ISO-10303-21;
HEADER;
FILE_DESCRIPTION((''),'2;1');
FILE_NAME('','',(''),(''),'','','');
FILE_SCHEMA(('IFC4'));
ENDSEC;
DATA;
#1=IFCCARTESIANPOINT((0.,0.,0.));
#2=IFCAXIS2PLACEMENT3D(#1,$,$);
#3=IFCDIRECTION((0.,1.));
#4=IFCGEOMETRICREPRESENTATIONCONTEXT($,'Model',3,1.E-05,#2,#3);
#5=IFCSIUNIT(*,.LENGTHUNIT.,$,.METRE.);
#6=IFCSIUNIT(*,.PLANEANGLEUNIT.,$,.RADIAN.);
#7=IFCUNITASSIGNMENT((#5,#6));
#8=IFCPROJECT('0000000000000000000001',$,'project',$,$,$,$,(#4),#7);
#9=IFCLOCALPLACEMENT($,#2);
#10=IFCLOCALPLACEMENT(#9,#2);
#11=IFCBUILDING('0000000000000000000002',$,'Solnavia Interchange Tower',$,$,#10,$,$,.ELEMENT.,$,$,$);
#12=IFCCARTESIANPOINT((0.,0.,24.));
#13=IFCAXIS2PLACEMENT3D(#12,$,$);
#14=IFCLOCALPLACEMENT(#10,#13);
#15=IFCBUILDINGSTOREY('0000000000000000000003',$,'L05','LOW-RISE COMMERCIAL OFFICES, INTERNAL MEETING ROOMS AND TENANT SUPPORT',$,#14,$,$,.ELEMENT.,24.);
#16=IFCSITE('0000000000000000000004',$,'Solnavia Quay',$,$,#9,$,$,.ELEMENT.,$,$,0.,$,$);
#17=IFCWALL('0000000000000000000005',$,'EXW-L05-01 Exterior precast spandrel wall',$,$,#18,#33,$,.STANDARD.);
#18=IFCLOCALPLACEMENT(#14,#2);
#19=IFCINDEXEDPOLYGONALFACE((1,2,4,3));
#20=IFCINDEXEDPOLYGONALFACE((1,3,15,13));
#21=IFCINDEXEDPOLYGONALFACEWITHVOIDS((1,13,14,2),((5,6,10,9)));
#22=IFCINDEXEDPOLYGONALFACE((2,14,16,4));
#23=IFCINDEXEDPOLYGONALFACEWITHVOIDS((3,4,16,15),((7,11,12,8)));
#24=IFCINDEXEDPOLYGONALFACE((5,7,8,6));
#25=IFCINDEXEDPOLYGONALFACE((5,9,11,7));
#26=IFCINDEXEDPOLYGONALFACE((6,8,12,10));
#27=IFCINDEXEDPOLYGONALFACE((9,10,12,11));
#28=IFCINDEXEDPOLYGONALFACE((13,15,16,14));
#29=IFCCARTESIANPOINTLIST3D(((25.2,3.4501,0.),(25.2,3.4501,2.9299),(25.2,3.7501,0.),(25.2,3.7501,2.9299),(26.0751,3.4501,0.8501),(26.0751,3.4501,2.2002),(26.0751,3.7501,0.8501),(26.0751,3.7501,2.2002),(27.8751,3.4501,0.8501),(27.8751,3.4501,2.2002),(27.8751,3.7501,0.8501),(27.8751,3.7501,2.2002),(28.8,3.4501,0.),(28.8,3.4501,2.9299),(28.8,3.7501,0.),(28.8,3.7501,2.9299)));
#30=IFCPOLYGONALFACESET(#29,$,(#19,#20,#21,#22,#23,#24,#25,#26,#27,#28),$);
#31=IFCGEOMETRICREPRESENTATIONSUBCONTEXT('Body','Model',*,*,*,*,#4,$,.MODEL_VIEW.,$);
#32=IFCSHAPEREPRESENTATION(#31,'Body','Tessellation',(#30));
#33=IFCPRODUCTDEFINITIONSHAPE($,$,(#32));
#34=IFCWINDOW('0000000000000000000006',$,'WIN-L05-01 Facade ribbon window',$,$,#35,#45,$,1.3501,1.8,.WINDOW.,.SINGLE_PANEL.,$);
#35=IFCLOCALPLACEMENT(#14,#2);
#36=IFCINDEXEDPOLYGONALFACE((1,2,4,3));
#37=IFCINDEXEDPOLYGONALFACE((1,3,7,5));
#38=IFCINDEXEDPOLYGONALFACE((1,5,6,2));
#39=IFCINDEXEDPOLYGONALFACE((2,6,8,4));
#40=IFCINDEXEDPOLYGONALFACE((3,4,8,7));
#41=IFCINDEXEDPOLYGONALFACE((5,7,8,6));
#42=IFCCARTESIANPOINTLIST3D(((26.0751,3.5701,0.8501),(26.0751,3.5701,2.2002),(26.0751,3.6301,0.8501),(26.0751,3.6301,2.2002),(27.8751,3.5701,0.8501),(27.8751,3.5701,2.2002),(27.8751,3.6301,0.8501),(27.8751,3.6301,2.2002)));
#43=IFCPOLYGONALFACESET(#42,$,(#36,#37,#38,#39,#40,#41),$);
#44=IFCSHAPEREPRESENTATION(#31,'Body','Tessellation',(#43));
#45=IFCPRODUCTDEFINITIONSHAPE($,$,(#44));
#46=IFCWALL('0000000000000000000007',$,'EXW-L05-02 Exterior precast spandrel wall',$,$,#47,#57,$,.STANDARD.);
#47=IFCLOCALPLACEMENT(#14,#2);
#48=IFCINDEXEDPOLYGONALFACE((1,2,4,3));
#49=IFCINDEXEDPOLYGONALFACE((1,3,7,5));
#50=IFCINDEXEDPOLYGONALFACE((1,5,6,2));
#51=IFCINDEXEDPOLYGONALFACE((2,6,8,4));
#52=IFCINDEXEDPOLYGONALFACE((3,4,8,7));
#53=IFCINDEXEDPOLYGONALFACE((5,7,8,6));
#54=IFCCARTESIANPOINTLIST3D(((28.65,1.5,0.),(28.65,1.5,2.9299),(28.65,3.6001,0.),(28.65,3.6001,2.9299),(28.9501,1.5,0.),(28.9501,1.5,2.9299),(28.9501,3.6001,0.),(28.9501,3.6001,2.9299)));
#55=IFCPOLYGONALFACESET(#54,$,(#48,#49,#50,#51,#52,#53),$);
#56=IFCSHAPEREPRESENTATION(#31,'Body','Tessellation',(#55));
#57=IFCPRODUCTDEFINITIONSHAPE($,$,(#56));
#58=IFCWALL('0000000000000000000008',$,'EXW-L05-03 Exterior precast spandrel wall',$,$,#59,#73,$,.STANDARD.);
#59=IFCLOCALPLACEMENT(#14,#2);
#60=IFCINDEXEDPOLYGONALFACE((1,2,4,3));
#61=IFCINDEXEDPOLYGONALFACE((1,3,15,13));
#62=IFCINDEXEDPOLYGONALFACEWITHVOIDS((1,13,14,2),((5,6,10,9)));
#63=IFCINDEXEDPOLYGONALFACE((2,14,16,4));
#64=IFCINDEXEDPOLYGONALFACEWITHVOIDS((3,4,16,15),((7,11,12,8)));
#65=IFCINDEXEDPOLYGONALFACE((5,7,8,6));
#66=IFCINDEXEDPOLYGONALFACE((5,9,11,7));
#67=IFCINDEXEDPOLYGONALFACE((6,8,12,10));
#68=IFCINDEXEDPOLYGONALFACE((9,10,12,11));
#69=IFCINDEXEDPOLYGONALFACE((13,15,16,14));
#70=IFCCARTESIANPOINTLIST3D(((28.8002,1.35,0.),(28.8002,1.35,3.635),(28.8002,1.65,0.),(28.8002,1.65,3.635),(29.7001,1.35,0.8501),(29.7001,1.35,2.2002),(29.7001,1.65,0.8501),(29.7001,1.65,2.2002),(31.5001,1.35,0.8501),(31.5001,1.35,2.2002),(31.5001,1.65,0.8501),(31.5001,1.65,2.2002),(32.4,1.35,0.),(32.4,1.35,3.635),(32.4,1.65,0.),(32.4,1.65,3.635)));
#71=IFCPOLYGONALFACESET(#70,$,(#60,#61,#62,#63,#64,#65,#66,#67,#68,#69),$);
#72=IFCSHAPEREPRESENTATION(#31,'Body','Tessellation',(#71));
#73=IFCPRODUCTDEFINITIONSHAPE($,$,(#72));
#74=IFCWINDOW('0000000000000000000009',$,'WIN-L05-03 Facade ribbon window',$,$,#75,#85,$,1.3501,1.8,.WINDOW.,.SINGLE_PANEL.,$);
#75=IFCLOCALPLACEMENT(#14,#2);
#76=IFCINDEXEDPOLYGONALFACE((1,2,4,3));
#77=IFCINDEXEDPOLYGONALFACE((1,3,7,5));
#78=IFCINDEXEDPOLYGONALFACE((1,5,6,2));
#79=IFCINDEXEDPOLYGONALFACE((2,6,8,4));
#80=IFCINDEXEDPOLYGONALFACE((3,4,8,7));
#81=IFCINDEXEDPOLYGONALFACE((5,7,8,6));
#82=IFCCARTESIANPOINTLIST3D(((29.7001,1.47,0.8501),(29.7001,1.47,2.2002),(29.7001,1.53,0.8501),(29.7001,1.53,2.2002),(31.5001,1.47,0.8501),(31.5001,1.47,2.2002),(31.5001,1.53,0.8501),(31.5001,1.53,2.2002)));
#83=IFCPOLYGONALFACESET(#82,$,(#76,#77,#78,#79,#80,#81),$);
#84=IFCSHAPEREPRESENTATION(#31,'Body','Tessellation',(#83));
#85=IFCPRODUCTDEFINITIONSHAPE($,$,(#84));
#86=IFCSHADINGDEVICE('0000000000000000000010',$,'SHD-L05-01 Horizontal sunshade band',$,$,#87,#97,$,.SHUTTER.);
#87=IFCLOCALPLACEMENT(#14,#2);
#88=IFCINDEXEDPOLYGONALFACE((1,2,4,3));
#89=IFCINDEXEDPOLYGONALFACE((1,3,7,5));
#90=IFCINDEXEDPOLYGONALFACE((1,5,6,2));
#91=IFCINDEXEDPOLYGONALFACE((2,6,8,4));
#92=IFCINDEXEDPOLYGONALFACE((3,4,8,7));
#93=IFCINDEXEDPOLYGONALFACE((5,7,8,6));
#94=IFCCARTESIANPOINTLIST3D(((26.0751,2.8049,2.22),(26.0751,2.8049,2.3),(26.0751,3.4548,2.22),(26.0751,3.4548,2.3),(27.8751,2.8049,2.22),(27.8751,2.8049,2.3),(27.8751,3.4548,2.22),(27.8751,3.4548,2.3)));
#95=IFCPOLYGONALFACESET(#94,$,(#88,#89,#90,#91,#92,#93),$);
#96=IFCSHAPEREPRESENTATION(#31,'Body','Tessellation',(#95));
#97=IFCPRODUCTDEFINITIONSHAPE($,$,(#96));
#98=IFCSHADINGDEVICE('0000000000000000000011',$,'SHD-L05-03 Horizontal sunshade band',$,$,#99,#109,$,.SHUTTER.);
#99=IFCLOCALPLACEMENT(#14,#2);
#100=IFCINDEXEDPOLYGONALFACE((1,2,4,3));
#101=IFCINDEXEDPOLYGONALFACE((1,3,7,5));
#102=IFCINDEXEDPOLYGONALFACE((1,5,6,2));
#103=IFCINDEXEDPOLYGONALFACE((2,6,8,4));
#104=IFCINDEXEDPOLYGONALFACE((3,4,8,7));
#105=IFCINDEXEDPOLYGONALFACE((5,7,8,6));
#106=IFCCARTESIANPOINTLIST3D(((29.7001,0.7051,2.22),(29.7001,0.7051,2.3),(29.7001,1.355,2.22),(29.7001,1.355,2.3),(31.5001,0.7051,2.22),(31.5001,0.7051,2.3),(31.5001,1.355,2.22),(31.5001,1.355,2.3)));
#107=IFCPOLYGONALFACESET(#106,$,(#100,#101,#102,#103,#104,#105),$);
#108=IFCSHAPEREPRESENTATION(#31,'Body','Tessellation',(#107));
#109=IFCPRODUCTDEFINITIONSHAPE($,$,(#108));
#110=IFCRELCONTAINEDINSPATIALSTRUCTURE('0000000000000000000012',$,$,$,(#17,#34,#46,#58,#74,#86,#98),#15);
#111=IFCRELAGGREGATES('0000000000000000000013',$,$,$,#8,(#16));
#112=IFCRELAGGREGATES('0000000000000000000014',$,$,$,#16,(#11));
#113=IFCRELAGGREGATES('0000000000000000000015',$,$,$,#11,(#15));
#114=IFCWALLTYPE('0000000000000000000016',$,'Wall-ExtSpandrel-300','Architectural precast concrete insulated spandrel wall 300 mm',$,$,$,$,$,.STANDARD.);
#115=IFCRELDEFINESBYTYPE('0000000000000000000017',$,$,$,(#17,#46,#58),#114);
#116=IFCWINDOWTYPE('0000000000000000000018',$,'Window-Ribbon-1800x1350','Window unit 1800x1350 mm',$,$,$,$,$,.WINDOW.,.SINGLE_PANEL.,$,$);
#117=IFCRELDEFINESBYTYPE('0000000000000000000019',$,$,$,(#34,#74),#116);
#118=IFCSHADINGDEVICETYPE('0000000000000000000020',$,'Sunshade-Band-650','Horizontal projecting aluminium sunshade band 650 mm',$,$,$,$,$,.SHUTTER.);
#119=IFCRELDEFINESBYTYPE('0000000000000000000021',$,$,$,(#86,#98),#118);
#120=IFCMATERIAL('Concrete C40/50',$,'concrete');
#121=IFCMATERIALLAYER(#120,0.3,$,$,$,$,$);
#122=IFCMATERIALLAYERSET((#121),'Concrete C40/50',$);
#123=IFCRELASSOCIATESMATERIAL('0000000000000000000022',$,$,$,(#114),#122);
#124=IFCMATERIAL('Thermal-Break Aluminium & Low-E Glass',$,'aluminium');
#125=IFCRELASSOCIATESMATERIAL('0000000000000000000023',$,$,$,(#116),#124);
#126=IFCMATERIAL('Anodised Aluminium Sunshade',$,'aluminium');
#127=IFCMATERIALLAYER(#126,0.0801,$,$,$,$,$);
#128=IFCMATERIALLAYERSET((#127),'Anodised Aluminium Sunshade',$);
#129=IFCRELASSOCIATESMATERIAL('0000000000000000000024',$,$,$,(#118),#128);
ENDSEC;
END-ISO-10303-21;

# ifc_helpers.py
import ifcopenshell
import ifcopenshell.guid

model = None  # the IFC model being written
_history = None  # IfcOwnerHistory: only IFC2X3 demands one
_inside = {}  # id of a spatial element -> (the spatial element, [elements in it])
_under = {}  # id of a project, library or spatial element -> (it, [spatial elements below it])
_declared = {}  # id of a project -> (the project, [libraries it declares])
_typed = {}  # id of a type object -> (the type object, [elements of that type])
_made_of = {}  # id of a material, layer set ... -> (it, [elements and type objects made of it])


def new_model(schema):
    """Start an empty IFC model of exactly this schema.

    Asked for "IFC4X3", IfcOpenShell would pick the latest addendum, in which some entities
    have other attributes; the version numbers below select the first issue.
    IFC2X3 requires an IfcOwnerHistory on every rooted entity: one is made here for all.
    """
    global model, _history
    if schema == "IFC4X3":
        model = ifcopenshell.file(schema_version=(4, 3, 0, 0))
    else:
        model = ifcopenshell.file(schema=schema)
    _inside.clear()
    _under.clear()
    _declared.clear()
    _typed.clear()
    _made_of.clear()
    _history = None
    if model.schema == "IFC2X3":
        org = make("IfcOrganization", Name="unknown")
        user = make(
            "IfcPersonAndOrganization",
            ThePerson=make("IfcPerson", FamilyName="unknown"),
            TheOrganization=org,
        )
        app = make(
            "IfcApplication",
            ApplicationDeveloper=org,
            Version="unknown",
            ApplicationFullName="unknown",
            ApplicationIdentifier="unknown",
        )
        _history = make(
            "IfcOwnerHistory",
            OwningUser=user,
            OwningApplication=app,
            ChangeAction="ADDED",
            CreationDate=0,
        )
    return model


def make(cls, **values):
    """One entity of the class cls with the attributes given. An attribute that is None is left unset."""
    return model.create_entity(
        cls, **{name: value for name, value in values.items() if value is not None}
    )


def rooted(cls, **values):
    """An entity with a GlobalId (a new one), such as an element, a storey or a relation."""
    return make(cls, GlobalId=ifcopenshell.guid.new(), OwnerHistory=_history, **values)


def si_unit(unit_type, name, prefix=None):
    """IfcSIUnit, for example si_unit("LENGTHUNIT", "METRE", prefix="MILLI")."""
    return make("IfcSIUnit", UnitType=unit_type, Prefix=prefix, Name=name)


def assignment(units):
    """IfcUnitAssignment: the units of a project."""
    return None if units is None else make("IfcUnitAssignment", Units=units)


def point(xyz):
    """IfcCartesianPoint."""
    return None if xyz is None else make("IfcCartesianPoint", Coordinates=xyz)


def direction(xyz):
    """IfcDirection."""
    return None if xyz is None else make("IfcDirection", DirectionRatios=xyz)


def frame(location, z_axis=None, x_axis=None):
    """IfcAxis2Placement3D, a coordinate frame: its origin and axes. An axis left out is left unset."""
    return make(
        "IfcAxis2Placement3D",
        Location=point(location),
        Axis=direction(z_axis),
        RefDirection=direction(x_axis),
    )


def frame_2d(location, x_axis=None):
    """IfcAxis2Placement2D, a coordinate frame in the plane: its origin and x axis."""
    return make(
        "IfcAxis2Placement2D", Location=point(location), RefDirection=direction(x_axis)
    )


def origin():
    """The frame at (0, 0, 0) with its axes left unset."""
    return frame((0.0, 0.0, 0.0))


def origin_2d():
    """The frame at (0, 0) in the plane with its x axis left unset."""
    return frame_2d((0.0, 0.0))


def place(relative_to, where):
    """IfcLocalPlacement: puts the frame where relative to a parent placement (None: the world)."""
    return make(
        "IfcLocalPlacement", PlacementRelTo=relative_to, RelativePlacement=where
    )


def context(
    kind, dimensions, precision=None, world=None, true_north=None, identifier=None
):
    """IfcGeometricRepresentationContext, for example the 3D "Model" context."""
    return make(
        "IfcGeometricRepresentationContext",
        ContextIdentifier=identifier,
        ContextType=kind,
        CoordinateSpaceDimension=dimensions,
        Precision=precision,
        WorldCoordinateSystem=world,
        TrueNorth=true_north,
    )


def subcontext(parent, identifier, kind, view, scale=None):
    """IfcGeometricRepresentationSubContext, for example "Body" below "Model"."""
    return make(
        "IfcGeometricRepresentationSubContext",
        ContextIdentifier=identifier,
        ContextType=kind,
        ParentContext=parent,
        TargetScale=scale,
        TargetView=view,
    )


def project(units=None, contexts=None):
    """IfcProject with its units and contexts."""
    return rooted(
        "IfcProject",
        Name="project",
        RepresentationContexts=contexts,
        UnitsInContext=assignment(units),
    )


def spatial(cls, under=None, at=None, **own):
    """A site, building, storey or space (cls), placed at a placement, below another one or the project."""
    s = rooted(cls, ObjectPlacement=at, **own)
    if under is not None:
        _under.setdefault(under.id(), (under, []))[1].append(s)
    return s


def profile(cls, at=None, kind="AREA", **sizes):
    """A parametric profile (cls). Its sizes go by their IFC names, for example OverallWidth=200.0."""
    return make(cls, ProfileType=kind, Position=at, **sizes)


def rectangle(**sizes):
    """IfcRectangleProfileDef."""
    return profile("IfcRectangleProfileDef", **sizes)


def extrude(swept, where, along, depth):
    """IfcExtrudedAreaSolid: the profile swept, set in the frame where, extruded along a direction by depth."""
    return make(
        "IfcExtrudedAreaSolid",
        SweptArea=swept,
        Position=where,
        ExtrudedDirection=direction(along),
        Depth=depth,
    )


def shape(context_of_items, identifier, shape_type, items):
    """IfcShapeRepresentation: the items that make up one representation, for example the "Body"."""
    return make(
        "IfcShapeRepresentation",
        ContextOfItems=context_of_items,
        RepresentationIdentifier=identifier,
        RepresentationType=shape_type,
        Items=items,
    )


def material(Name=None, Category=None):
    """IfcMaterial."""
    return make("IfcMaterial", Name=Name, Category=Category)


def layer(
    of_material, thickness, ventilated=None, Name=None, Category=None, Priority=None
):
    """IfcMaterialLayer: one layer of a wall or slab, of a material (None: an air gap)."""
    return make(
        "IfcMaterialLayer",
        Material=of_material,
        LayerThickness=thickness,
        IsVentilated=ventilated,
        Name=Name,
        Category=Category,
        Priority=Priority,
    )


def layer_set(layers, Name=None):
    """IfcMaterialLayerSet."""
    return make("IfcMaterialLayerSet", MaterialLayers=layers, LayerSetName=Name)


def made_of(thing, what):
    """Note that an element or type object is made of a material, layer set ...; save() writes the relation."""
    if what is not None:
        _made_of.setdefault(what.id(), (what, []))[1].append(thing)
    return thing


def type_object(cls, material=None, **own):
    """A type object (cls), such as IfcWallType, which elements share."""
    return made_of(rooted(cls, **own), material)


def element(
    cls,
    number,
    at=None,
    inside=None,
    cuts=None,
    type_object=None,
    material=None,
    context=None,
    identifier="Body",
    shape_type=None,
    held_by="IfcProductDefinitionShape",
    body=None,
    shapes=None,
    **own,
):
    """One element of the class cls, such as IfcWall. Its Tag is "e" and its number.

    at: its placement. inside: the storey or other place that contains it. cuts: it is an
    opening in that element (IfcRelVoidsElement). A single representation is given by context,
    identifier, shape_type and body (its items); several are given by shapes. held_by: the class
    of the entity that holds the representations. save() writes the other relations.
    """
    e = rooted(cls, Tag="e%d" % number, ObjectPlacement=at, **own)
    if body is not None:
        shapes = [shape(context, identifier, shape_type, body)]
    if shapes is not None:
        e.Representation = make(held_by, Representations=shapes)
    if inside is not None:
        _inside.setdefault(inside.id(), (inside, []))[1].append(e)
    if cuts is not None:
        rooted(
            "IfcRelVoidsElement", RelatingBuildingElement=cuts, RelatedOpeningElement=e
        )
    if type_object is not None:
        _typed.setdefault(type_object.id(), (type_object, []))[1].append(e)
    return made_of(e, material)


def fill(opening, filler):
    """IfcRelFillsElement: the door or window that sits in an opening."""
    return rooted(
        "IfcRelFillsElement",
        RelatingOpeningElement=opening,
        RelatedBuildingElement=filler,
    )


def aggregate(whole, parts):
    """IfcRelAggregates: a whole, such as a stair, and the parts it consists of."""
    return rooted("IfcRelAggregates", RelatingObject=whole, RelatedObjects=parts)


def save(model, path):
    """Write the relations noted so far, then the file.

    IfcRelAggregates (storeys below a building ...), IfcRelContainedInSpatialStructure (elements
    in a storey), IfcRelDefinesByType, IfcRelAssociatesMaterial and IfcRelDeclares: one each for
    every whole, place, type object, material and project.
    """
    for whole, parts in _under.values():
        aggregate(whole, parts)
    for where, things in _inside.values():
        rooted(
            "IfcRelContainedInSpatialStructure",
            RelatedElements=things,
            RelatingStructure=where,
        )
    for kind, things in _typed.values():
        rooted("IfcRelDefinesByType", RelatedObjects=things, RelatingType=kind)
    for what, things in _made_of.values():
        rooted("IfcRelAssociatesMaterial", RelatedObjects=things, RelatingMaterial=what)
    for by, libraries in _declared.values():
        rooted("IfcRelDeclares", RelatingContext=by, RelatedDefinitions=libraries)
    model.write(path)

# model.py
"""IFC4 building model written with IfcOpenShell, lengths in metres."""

from ifc_helpers import new_model, si_unit, direction, frame, frame_2d, origin, origin_2d, place, context, subcontext, project, spatial, rectangle, extrude, material, layer, layer_set, type_object, element, fill, save


model = new_model("IFC4")

# Units and contexts
model_context = context("Model", 3, precision=1e-05, world=origin(), true_north=direction((0.0, 1.0)))
body_context = subcontext(model_context, "Body", "Model", "MODEL_VIEW")
ifc_project = project(units=[si_unit("LENGTHUNIT", "METRE"), si_unit("PLANEANGLEUNIT", "RADIAN")], contexts=[model_context])

# Site, building, storey
site_placement = place(None, origin())
site = spatial("IfcSite", under=ifc_project, at=site_placement, Name="Solnavia Quay", CompositionType="ELEMENT", RefElevation=0.0)
building_placement = place(site_placement, origin())
building = spatial("IfcBuilding", under=site, at=building_placement, Name="Solnavia Interchange Tower", CompositionType="ELEMENT")
storey_placement = place(building_placement, frame((0.0, 0.0, 24.0)))
storey = spatial("IfcBuildingStorey", under=building, at=storey_placement, Name="L05", Description="LOW-RISE COMMERCIAL OFFICES, INTERNAL MEETING ROOMS AND TENANT SUPPORT", CompositionType="ELEMENT", Elevation=24.0)

# Wall, opening, window
ifc_material_1 = material(Name="Concrete C40/50", Category="concrete")
ifc_layer_1 = layer(ifc_material_1, 0.3)
ifc_layer_set_1 = layer_set([ifc_layer_1], Name="Concrete C40/50")
wall_type = type_object("IfcWallType", Name="Wall-ExtSpandrel-300", Description="Architectural precast concrete insulated spandrel wall 300 mm", PredefinedType="STANDARD", material=ifc_layer_set_1)
wall_1_placement = place(storey_placement, frame((28.8, 3.6001, 0.0), z_axis=(0.0, 0.0, 1.0), x_axis=(-1.0, 0.0, 0.0)))
wall_1 = element("IfcWall", 1, at=wall_1_placement, inside=storey, type_object=wall_type, Name="EXW-L05-01 Exterior precast spandrel wall", PredefinedType="STANDARD", context=body_context, shape_type="SweptSolid", body=[
    extrude(rectangle(XDim=3.6001, YDim=0.3, at=frame_2d((1.8, 0.0))), origin(), (0.0, 0.0, 1.0), 2.9299),
])
opening_1_placement = place(wall_1_placement, frame((0.925, 0.0, 0.8501)))
opening_1 = element("IfcOpeningElement", 2, at=opening_1_placement, cuts=wall_1, PredefinedType="OPENING", context=body_context, shape_type="SweptSolid", body=[
    extrude(rectangle(XDim=1.8, YDim=1.3501, at=frame_2d((0.8999, 0.675))), frame((0.0, 0.1602, 0.0), z_axis=(0.0, -1.0, 0.0), x_axis=(1.0, 0.0, 0.0)), (0.0, 0.0, 1.0), 0.3201),
])
ifc_material_2 = material(Name="Thermal-Break Aluminium & Low-E Glass", Category="aluminium")
window_type = type_object("IfcWindowType", Name="Window-Ribbon-1800x1350", Description="Window unit 1800x1350 mm", PartitioningType="SINGLE_PANEL", PredefinedType="WINDOW", material=ifc_material_2)
window_1_placement = place(opening_1_placement, origin())
window_1 = element("IfcWindow", 3, at=window_1_placement, inside=storey, type_object=window_type, Name="WIN-L05-01 Facade ribbon window", OverallHeight=1.3501, OverallWidth=1.8, PartitioningType="SINGLE_PANEL", PredefinedType="WINDOW", context=body_context, shape_type="SweptSolid", body=[
    extrude(rectangle(XDim=1.8, YDim=1.3501, at=frame_2d((0.8999, 0.675))), frame((0.0, 0.03, 0.0), z_axis=(0.0, -1.0, 0.0), x_axis=(1.0, 0.0, 0.0)), (0.0, 0.0, 1.0), 0.0601),
])
fill(opening_1, window_1)

# Wall
wall_2_placement = place(storey_placement, frame((28.8, 1.5, 0.0), z_axis=(0.0, 0.0, 1.0), x_axis=(0.0, 1.0, 0.0)))
element("IfcWall", 4, at=wall_2_placement, inside=storey, type_object=wall_type, Name="EXW-L05-02 Exterior precast spandrel wall", PredefinedType="STANDARD", context=body_context, shape_type="SweptSolid", body=[
    extrude(rectangle(XDim=2.1001, YDim=0.3, at=frame_2d((1.05, 0.0))), origin(), (0.0, 0.0, 1.0), 2.9299),
])

# Wall, opening, window
wall_3_placement = place(storey_placement, frame((32.3999, 1.5, 0.0), z_axis=(0.0, 0.0, 1.0), x_axis=(-1.0, 0.0, 0.0)))
wall_3 = element("IfcWall", 5, at=wall_3_placement, inside=storey, type_object=wall_type, Name="EXW-L05-03 Exterior precast spandrel wall", PredefinedType="STANDARD", context=body_context, shape_type="SweptSolid", body=[
    extrude(rectangle(XDim=3.5999, YDim=0.3, at=frame_2d((1.7998, 0.0))), origin(), (0.0, 0.0, 1.0), 3.635),
])
opening_2_placement = place(wall_3_placement, frame((0.8999, 0.0, 0.8501)))
opening_2 = element("IfcOpeningElement", 6, at=opening_2_placement, cuts=wall_3, PredefinedType="OPENING", context=body_context, shape_type="SweptSolid", body=[
    extrude(rectangle(XDim=1.8, YDim=1.3501, at=frame_2d((0.8999, 0.675))), frame((0.0, 0.1602, 0.0), z_axis=(0.0, -1.0, 0.0), x_axis=(1.0, 0.0, 0.0)), (0.0, 0.0, 1.0), 0.3201),
])
window_2_placement = place(opening_2_placement, origin())
window_2 = element("IfcWindow", 7, at=window_2_placement, inside=storey, type_object=window_type, Name="WIN-L05-03 Facade ribbon window", OverallHeight=1.3501, OverallWidth=1.8, PartitioningType="SINGLE_PANEL", PredefinedType="WINDOW", context=body_context, shape_type="SweptSolid", body=[
    extrude(rectangle(XDim=1.8, YDim=1.3501, at=frame_2d((0.8999, 0.675))), frame((0.0, 0.03, 0.0), z_axis=(0.0, -1.0, 0.0), x_axis=(1.0, 0.0, 0.0)), (0.0, 0.0, 1.0), 0.0601),
])
fill(opening_2, window_2)

# Shading devices
ifc_material_3 = material(Name="Anodised Aluminium Sunshade", Category="aluminium")
ifc_layer_2 = layer(ifc_material_3, 0.0801)
ifc_layer_set_2 = layer_set([ifc_layer_2], Name="Anodised Aluminium Sunshade")
shading_device_type = type_object("IfcShadingDeviceType", Name="Sunshade-Band-650", Description="Horizontal projecting aluminium sunshade band 650 mm", PredefinedType="SHUTTER", material=ifc_layer_set_2)
for number, where, z_axis, x_axis, name in (
    (8, (26.9751, 3.1299, 2.22), (0.0, 0.0, 1.0), (-1.0, 0.0, 0.0), "SHD-L05-01 Horizontal sunshade band"),
    (9, (30.6001, 1.03, 2.22), (0.0, 0.0, 1.0), (-1.0, 0.0, 0.0), "SHD-L05-03 Horizontal sunshade band"),
):
    element("IfcShadingDevice", number, at=place(storey_placement, frame(where, z_axis=z_axis, x_axis=x_axis)), inside=storey, type_object=shading_device_type, Name=name, PredefinedType="SHUTTER", context=body_context, shape_type="SweptSolid", body=[
        extrude(rectangle(XDim=1.8, YDim=0.6499, at=origin_2d()), origin(), (0.0, 0.0, 1.0), 0.0801),
    ])

save(model, "model.ifc")
